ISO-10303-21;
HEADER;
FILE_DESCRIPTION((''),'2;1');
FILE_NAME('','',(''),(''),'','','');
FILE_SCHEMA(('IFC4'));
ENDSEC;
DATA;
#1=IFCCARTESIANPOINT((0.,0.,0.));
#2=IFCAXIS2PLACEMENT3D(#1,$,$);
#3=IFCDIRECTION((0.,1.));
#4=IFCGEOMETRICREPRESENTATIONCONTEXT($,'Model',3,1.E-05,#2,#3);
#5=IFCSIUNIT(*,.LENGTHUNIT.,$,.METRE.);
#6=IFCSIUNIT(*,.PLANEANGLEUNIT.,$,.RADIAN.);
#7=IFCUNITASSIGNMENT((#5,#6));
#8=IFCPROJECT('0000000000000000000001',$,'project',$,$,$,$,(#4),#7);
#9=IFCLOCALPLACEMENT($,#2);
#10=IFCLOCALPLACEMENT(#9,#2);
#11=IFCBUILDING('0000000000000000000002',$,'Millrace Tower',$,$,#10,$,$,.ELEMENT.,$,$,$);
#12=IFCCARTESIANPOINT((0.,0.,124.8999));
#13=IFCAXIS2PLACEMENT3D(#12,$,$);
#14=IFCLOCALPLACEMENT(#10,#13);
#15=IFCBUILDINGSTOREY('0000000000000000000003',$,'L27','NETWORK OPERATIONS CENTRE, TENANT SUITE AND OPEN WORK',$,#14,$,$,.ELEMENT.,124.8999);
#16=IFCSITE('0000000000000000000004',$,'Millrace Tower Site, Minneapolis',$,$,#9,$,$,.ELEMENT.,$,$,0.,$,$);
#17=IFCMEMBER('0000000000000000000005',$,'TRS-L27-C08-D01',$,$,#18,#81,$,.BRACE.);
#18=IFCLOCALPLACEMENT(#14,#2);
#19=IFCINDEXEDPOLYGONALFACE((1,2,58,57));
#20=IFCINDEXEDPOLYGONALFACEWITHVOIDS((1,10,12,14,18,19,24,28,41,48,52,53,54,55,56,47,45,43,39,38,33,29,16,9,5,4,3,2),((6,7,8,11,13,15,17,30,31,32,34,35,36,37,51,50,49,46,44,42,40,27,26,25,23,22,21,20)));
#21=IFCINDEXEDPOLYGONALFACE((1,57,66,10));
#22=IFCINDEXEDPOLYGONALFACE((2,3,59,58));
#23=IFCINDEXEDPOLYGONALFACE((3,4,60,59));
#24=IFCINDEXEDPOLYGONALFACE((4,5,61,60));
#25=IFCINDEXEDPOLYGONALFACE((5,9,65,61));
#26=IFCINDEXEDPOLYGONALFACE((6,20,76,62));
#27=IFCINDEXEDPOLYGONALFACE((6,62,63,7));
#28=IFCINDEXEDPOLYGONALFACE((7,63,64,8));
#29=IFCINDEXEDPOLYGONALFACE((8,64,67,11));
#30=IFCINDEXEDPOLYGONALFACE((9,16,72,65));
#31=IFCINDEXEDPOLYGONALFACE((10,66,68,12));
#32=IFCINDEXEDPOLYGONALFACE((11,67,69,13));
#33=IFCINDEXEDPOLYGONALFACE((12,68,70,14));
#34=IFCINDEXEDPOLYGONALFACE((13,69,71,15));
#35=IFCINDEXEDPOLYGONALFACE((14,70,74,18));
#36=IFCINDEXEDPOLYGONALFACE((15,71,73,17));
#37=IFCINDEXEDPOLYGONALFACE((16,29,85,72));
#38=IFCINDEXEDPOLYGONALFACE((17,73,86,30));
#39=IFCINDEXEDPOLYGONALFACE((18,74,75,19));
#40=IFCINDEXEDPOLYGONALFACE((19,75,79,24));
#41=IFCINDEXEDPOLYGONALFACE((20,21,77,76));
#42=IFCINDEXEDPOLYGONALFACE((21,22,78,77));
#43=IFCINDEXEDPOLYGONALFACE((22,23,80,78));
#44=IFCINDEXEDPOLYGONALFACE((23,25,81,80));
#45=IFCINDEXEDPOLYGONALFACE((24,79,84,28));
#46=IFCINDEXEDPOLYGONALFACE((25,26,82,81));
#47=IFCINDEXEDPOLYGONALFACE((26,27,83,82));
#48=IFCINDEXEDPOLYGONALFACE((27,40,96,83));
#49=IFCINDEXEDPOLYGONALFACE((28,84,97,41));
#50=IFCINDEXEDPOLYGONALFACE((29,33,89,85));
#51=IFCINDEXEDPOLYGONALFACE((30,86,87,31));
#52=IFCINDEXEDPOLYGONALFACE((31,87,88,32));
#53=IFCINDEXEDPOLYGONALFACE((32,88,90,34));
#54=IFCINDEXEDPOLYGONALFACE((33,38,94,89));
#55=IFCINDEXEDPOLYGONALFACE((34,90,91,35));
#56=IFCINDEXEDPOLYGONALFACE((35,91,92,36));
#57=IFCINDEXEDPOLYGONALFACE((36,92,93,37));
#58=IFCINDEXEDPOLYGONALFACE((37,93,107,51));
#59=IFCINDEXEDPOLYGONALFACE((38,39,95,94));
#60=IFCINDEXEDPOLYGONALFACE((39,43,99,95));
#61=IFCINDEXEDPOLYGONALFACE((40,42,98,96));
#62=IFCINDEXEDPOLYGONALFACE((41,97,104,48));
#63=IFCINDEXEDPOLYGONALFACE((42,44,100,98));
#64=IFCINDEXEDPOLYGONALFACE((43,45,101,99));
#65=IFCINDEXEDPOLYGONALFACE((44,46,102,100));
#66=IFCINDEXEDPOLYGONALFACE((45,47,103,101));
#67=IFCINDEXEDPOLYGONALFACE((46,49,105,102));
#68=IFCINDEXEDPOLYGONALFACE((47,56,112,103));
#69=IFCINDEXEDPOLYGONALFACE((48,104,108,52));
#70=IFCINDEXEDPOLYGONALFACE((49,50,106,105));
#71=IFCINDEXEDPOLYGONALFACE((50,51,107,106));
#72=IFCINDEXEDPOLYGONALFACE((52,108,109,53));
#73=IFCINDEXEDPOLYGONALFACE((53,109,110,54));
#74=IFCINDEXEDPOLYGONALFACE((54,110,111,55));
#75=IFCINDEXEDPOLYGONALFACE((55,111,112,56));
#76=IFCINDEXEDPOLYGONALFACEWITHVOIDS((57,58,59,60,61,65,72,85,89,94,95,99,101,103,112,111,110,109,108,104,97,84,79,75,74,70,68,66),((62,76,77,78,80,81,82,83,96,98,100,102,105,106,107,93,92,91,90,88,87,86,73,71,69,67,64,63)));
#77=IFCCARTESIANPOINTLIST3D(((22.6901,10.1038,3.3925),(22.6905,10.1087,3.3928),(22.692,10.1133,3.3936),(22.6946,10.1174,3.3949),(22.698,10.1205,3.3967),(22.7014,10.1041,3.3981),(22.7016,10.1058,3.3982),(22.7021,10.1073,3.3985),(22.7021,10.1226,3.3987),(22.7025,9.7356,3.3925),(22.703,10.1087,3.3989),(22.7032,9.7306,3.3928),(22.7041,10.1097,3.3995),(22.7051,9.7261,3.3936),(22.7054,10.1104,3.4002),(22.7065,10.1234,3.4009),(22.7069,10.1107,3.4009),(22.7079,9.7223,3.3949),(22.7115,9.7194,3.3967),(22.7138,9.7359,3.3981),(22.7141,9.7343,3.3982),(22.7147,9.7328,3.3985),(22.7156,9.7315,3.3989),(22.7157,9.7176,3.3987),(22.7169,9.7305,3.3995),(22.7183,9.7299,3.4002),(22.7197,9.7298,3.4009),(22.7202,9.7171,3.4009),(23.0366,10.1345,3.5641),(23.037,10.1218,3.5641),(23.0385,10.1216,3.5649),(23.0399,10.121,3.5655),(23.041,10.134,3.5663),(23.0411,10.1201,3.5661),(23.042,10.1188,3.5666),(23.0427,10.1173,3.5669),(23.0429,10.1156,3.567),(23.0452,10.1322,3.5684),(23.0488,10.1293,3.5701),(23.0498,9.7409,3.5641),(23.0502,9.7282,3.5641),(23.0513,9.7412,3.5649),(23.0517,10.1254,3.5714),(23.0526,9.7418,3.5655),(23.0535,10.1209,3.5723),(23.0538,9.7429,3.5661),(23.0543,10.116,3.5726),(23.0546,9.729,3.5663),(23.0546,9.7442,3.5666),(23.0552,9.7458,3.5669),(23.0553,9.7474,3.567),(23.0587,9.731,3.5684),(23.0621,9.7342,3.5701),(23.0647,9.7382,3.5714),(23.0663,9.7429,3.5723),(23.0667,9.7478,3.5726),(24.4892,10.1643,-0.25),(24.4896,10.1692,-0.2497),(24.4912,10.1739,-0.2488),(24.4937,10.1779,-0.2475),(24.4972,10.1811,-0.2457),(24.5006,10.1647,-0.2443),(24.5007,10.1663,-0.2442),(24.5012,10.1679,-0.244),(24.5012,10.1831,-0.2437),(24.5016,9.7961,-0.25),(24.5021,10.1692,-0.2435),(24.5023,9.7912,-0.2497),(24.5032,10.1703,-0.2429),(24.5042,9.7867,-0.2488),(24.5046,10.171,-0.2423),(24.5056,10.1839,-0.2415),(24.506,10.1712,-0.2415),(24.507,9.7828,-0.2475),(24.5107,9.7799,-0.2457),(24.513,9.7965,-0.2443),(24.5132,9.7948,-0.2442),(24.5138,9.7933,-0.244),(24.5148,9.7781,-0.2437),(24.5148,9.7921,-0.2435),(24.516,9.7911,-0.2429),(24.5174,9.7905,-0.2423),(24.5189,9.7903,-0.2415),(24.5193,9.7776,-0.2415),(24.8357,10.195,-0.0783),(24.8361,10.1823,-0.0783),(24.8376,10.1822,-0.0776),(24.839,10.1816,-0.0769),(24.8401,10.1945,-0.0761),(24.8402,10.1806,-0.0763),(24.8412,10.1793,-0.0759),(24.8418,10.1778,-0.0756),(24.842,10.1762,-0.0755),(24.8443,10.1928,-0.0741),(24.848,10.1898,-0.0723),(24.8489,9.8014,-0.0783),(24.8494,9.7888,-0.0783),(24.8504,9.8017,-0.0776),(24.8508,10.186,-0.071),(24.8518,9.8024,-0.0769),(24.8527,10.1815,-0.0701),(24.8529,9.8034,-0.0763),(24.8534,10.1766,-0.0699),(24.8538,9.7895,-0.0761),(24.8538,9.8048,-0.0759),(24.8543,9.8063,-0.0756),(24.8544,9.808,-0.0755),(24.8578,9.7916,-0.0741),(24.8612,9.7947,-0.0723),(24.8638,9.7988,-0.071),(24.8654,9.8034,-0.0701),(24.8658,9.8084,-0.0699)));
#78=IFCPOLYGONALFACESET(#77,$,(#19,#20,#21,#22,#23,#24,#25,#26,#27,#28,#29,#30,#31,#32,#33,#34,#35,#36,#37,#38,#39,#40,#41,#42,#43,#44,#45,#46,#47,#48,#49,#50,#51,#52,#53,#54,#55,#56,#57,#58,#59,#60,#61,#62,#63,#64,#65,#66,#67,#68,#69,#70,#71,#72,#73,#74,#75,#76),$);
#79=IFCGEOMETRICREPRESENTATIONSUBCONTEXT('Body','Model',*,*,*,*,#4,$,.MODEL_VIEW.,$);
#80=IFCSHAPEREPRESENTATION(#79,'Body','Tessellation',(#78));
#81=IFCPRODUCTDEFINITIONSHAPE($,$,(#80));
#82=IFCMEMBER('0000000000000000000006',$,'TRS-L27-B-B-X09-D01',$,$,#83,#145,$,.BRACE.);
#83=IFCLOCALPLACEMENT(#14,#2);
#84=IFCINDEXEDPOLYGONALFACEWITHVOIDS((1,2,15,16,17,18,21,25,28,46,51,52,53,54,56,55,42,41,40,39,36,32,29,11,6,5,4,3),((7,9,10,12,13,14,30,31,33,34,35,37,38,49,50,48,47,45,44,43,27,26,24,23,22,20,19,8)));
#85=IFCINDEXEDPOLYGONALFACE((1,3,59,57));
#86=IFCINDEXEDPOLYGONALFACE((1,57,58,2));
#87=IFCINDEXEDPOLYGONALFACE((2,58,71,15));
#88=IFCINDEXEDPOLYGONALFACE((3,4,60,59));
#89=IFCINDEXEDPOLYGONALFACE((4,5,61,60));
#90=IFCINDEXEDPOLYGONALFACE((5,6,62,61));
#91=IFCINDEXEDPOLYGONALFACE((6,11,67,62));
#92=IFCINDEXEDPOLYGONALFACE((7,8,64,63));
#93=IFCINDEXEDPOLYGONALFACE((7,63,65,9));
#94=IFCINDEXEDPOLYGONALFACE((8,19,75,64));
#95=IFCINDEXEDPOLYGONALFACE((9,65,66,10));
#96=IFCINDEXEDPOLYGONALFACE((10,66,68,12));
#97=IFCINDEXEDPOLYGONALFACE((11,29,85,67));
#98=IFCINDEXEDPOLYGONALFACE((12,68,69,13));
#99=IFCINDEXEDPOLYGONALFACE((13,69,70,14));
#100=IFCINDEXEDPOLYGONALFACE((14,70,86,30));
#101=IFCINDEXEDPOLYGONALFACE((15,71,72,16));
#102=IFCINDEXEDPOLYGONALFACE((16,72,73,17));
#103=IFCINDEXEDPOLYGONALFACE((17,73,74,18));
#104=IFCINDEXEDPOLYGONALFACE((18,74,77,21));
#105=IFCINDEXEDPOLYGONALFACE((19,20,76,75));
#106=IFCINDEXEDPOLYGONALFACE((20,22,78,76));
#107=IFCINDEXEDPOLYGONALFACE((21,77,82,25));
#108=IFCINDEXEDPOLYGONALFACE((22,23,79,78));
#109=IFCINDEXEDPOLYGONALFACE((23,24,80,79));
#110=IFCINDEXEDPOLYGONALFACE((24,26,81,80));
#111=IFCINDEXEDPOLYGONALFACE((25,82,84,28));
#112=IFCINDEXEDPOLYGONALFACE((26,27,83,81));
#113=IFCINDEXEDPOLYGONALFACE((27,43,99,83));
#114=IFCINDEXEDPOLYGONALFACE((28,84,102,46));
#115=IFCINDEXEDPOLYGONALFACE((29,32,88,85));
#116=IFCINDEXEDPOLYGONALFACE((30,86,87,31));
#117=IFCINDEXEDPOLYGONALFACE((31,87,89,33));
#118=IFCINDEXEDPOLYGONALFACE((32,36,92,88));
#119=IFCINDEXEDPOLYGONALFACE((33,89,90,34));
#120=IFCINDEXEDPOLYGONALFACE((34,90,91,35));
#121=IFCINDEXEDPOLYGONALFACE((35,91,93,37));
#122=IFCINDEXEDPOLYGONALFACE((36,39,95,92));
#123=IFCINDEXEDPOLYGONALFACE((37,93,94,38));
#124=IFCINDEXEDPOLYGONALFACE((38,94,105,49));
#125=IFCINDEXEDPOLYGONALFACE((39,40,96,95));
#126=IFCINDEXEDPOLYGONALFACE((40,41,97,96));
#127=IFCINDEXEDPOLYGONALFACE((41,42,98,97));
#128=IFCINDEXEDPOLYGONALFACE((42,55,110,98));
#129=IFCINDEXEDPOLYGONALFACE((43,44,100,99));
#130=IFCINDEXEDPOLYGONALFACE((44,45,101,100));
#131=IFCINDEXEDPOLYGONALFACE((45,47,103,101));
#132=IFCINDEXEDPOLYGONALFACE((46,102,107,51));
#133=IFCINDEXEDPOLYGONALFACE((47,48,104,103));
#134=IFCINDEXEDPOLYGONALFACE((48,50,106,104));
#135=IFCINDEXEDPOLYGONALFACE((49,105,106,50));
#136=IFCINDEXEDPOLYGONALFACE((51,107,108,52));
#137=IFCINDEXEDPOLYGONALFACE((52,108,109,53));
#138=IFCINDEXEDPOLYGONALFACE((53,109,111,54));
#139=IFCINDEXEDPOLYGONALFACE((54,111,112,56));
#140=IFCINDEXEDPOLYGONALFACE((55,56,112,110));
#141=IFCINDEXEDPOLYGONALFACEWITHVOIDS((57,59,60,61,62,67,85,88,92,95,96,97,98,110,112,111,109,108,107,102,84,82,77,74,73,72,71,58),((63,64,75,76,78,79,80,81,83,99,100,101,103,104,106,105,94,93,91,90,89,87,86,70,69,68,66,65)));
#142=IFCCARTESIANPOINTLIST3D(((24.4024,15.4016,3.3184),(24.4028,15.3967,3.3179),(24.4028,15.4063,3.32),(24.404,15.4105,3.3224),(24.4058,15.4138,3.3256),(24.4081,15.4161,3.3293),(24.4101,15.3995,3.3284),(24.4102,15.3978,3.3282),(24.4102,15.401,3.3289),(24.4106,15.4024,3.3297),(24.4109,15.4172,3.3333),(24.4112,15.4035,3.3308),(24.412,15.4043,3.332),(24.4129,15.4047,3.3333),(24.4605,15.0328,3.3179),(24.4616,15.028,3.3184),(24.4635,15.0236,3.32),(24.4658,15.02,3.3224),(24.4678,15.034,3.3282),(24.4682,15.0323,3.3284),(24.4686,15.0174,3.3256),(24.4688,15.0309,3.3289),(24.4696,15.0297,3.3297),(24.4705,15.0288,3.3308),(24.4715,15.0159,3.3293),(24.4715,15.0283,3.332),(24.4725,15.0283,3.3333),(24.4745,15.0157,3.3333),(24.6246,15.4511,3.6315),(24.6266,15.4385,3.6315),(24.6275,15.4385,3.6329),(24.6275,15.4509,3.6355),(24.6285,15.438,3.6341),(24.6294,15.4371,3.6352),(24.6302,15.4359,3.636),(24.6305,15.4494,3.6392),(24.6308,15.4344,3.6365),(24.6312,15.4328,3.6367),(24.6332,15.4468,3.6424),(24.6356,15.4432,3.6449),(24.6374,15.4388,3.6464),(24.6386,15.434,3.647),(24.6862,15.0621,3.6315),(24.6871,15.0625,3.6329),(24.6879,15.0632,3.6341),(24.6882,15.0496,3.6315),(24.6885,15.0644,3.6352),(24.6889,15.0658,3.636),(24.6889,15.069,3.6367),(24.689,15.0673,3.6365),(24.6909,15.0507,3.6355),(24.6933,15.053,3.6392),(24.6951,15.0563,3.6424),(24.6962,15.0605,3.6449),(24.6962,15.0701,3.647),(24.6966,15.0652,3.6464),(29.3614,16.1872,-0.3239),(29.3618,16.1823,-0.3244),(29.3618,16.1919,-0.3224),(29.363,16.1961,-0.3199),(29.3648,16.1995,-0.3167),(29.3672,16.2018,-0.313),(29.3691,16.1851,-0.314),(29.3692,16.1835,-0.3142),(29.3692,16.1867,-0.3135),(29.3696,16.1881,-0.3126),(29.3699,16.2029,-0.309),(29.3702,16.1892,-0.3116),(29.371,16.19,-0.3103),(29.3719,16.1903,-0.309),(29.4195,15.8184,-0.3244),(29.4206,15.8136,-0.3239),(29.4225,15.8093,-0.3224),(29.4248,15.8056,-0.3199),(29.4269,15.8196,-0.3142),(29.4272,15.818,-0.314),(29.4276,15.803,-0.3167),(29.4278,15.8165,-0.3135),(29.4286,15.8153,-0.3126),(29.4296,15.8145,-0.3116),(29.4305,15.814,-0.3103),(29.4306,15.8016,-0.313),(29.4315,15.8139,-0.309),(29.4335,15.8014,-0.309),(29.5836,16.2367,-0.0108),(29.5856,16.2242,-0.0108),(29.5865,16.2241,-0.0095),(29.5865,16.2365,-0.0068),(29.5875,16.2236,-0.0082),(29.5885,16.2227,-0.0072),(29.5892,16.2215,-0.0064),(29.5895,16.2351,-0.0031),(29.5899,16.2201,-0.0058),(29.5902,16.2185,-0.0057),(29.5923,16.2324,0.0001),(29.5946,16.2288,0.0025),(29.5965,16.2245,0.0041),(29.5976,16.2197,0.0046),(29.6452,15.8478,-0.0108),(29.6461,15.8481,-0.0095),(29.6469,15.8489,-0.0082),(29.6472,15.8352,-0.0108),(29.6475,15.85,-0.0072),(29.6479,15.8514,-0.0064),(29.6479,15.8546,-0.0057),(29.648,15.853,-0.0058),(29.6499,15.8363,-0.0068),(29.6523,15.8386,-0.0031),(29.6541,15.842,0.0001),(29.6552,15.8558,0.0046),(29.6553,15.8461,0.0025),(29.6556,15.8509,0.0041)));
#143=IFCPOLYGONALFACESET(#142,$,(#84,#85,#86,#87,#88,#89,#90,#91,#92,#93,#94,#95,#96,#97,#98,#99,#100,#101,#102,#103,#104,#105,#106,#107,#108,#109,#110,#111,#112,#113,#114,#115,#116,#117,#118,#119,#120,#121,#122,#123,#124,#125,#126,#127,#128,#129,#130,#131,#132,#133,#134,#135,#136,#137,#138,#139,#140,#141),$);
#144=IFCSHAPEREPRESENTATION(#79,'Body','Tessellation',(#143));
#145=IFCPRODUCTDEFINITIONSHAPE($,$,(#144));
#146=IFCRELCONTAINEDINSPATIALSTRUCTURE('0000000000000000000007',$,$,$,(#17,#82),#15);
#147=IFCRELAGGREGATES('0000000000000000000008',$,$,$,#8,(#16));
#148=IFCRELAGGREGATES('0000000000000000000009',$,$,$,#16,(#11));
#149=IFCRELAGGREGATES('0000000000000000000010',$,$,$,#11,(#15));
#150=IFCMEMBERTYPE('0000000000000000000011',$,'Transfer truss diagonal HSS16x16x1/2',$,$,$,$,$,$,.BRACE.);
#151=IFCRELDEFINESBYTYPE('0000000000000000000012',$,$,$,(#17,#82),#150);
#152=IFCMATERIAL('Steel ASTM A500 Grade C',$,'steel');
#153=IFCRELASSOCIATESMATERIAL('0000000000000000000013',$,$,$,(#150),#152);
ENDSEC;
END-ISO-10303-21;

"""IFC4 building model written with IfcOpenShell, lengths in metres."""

from ifc_helpers import new_model, si_unit, direction, frame, origin, origin_2d, place, context, subcontext, project, spatial, hollow_rectangle, extrude, material, material_profile, profile_set, type_object, element, save


model = new_model("IFC4")

# Units and contexts
model_context = context("Model", 3, precision=1e-05, world=origin(), true_north=direction((0.0, 1.0)))
body_context = subcontext(model_context, "Body", "Model", "MODEL_VIEW")
ifc_project = project(units=[si_unit("LENGTHUNIT", "METRE"), si_unit("PLANEANGLEUNIT", "RADIAN")], contexts=[model_context])

# Site, building, storey
site_placement = place(None, origin())
site = spatial("IfcSite", under=ifc_project, at=site_placement, Name="Millrace Tower Site, Minneapolis", CompositionType="ELEMENT", RefElevation=0.0)
building_placement = place(site_placement, origin())
building = spatial("IfcBuilding", under=site, at=building_placement, Name="Millrace Tower", CompositionType="ELEMENT")
storey_placement = place(building_placement, frame((0.0, 0.0, 124.8999)))
storey = spatial("IfcBuildingStorey", under=building, at=storey_placement, Name="L27", Description="NETWORK OPERATIONS CENTRE, TENANT SUITE AND OPEN WORK", CompositionType="ELEMENT", Elevation=124.8999)

# Members
ifc_material_1 = material(Name="Steel ASTM A500 Grade C", Category="steel")
ifc_material_profile_1 = material_profile(ifc_material_1, hollow_rectangle(XDim=0.4065, YDim=0.4065, WallThickness=0.0127, InnerFilletRadius=0.0063, OuterFilletRadius=0.019, at=origin_2d()))
ifc_profile_set_1 = profile_set([ifc_material_profile_1], Name="Steel ASTM A500 Grade C")
member_type_1 = type_object("IfcMemberType", Name="Transfer truss diagonal HSS16x16x1/2", PredefinedType="BRACE", material=ifc_profile_set_1)
member_1_placement = place(storey_placement, frame((24.6775, 9.9863, -0.1599), z_axis=(-0.442808, -0.014902, 0.896493), x_axis=(0.033635, -0.999434, 0.0)))
element("IfcMember", 1, at=member_1_placement, inside=storey, type_object=member_type_1, Name="TRS-L27-C08-D01", PredefinedType="BRACE", context=body_context, shape_type="SweptSolid", body=[
    extrude(hollow_rectangle(XDim=0.4065, YDim=0.4065, WallThickness=0.0127, InnerFilletRadius=0.0063, OuterFilletRadius=0.019, at=origin_2d()), origin(), (0.0, 0.0, 1.0), 4.063),
])
member_2_placement = place(storey_placement, frame((29.5085, 16.019, -0.1599), z_axis=(-0.799469, -0.126659, 0.587203), x_axis=(0.156477, -0.987682, 0.0)))
element("IfcMember", 2, at=member_2_placement, inside=storey, type_object=member_type_1, Name="TRS-L27-B-B-X09-D01", PredefinedType="BRACE", context=body_context, shape_type="SweptSolid", body=[
    extrude(hollow_rectangle(XDim=0.4065, YDim=0.4065, WallThickness=0.0127, InnerFilletRadius=0.0063, OuterFilletRadius=0.019, at=origin_2d()), origin(), (0.0, 0.0, 1.0), 6.2029),
])

save(model, "model.ifc")
